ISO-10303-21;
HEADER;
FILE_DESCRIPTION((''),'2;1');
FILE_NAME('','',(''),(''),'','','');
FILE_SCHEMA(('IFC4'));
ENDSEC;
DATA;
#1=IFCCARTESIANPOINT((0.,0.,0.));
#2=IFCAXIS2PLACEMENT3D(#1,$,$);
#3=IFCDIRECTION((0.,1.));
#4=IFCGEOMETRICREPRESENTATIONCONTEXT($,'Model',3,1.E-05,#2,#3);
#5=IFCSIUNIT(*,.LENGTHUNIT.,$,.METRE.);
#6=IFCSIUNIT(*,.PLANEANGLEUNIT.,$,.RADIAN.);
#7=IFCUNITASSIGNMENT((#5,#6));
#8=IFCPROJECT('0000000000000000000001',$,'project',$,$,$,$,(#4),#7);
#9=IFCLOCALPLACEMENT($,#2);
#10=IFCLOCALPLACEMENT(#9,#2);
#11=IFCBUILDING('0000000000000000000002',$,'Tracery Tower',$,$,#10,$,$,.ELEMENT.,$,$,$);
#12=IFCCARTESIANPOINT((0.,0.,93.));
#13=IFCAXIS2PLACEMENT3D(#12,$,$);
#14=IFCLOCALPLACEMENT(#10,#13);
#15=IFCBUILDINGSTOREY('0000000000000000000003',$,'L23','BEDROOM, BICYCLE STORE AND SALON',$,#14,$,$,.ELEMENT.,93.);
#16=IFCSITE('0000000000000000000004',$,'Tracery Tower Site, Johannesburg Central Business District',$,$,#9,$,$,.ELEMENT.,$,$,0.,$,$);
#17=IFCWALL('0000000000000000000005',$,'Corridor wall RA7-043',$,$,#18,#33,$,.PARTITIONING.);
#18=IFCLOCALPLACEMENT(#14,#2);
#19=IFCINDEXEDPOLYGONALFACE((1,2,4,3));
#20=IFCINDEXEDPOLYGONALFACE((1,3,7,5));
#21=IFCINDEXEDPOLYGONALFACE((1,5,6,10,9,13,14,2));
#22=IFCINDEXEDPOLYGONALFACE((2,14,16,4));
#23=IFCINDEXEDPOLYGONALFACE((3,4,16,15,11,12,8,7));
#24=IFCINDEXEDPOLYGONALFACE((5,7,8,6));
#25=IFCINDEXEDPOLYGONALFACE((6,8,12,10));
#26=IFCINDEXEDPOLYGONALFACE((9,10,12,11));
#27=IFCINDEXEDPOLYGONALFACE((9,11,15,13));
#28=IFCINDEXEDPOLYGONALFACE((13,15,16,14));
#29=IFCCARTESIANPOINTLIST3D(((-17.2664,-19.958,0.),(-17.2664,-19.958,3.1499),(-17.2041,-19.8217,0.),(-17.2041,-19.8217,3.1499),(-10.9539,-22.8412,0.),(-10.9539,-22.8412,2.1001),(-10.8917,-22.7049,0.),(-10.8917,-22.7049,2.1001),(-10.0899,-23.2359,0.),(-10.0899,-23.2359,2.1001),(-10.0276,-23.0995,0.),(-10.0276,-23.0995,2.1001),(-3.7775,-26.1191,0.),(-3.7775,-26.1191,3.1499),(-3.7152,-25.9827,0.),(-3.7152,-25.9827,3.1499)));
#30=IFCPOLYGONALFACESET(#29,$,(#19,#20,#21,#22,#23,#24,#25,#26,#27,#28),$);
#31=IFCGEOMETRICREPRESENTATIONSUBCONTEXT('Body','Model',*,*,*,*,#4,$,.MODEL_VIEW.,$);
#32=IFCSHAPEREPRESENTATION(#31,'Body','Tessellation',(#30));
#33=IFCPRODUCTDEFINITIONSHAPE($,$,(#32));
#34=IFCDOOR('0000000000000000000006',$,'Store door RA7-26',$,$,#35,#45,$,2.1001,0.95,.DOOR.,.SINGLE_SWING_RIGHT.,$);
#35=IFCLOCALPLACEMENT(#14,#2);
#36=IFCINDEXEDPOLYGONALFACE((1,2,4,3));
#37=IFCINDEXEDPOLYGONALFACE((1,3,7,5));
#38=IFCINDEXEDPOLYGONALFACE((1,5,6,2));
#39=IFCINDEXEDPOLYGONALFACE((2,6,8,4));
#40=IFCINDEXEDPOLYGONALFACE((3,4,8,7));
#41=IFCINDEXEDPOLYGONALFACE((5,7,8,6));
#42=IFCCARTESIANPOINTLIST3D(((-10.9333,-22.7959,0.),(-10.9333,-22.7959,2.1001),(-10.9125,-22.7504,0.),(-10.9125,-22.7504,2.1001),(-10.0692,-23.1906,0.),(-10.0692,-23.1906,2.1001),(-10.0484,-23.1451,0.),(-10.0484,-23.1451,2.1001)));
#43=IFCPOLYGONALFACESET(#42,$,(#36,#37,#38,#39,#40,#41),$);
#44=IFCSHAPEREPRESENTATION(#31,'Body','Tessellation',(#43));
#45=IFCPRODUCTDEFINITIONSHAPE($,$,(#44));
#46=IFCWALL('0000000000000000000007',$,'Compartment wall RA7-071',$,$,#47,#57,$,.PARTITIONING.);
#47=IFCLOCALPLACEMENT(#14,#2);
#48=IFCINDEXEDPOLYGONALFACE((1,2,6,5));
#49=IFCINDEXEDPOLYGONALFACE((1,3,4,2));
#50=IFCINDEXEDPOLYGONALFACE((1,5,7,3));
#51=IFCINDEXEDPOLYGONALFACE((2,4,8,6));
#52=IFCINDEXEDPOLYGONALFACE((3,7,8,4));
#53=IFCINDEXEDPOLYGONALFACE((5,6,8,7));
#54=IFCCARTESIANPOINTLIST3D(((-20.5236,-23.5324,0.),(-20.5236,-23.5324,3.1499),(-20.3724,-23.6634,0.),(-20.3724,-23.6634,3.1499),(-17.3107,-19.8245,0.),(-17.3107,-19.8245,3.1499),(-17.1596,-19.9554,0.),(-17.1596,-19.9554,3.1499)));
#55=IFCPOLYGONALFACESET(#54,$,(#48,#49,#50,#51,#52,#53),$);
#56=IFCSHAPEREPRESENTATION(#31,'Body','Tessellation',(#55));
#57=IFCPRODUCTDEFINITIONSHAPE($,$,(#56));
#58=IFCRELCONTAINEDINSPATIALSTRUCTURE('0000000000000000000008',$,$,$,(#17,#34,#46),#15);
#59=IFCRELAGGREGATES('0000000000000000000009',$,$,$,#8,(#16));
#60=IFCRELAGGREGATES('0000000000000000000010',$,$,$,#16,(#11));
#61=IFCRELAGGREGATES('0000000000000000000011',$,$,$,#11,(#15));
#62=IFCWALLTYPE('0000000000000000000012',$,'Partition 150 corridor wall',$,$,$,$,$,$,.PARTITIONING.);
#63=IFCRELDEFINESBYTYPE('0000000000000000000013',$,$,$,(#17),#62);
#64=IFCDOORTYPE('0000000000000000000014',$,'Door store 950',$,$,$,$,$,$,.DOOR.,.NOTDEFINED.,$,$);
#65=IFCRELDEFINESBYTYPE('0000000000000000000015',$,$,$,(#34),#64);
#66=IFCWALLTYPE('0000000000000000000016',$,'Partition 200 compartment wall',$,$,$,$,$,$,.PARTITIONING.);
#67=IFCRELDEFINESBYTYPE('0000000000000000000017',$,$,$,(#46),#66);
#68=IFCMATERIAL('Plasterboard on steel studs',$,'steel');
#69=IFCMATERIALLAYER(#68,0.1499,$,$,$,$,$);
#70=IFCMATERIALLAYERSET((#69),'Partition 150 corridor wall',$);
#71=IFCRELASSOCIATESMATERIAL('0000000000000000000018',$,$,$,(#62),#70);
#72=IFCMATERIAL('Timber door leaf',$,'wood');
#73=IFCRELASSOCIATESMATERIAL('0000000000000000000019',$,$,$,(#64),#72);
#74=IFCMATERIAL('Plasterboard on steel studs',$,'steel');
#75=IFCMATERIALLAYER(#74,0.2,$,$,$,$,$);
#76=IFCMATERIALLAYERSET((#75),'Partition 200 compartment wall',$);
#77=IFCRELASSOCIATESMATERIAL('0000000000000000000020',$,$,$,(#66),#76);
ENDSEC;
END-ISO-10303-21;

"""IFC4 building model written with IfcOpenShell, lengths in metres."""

from ifc_helpers import new_model, si_unit, direction, frame, frame_2d, origin, place, context, subcontext, project, spatial, rectangle, extrude, material, layer, layer_set, type_object, element, fill, save


model = new_model("IFC4")

# Units and contexts
model_context = context("Model", 3, precision=1e-05, world=origin(), true_north=direction((0.0, 1.0)))
body_context = subcontext(model_context, "Body", "Model", "MODEL_VIEW")
ifc_project = project(units=[si_unit("LENGTHUNIT", "METRE"), si_unit("PLANEANGLEUNIT", "RADIAN")], contexts=[model_context])

# Site, building, storey
site_placement = place(None, origin())
site = spatial("IfcSite", under=ifc_project, at=site_placement, Name="Tracery Tower Site, Johannesburg Central Business District", CompositionType="ELEMENT", RefElevation=0.0)
building_placement = place(site_placement, origin())
building = spatial("IfcBuilding", under=site, at=building_placement, Name="Tracery Tower", CompositionType="ELEMENT")
storey_placement = place(building_placement, frame((0.0, 0.0, 93.0)))
storey = spatial("IfcBuildingStorey", under=building, at=storey_placement, Name="L23", Description="BEDROOM, BICYCLE STORE AND SALON", CompositionType="ELEMENT", Elevation=93.0)

# Shared definitions
ifc_material_1 = material(Name="Plasterboard on steel studs", Category="steel")
ifc_layer_1 = layer(ifc_material_1, 0.1499)
ifc_layer_set_1 = layer_set([ifc_layer_1], Name="Partition 150 corridor wall")
wall_type_1 = type_object("IfcWallType", Name="Partition 150 corridor wall", PredefinedType="PARTITIONING", material=ifc_layer_set_1)

# Wall, opening, door
wall_1_placement = place(storey_placement, frame((-17.2351, -19.8899, 0.0), z_axis=(0.0, 0.0, 1.0), x_axis=(0.909609, -0.415466, 0.0)))
wall_1 = element("IfcWall", 1, at=wall_1_placement, inside=storey, type_object=wall_type_1, Name="Corridor wall RA7-043", PredefinedType="PARTITIONING", context=body_context, shape_type="SweptSolid", body=[
    extrude(rectangle(XDim=14.8293, YDim=0.1499, at=frame_2d((7.4146, 0.0))), origin(), (0.0, 0.0, 1.0), 3.1499),
])
opening_1_placement = place(wall_1_placement, frame((6.9395, 0.0, 0.0)))
opening_1 = element("IfcOpeningElement", 2, at=opening_1_placement, cuts=wall_1, PredefinedType="OPENING", context=body_context, shape_type="SweptSolid", body=[
    extrude(rectangle(XDim=0.95, YDim=2.1001, at=frame_2d((0.4751, 1.05))), frame((0.0, 0.075, 0.0), z_axis=(0.0, -1.0, 0.0), x_axis=(1.0, 0.0, 0.0)), (0.0, 0.0, 1.0), 0.1499),
])
ifc_material_2 = material(Name="Timber door leaf", Category="wood")
door_type_1 = type_object("IfcDoorType", Name="Door store 950", OperationType="NOTDEFINED", PredefinedType="DOOR", material=ifc_material_2)
door_1_placement = place(opening_1_placement, origin())
door_1 = element("IfcDoor", 3, at=door_1_placement, inside=storey, type_object=door_type_1, Name="Store door RA7-26", OperationType="SINGLE_SWING_RIGHT", OverallHeight=2.1001, OverallWidth=0.95, PredefinedType="DOOR", context=body_context, shape_type="SweptSolid", body=[
    extrude(rectangle(XDim=0.95, YDim=2.1001, at=frame_2d((0.4751, 1.05))), frame((0.0, 0.0249, 0.0), z_axis=(0.0, -1.0, 0.0), x_axis=(1.0, 0.0, 0.0)), (0.0, 0.0, 1.0), 0.05),
])
fill(opening_1, door_1)

# Wall
ifc_material_3 = material(Name="Plasterboard on steel studs", Category="steel")
ifc_layer_2 = layer(ifc_material_3, 0.2)
ifc_layer_set_2 = layer_set([ifc_layer_2], Name="Partition 200 compartment wall")
wall_type_2 = type_object("IfcWallType", Name="Partition 200 compartment wall", PredefinedType="PARTITIONING", material=ifc_layer_set_2)
wall_2_placement = place(storey_placement, frame((-20.448, -23.5979, 0.0), z_axis=(0.0, 0.0, 1.0), x_axis=(0.654847, 0.755761, 0.0)))
element("IfcWall", 4, at=wall_2_placement, inside=storey, type_object=wall_type_2, Name="Compartment wall RA7-071", PredefinedType="PARTITIONING", context=body_context, shape_type="SweptSolid", body=[
    extrude(rectangle(XDim=4.9062, YDim=0.2, at=frame_2d((2.4531, 0.0))), origin(), (0.0, 0.0, 1.0), 3.1499),
])

save(model, "model.ifc")
